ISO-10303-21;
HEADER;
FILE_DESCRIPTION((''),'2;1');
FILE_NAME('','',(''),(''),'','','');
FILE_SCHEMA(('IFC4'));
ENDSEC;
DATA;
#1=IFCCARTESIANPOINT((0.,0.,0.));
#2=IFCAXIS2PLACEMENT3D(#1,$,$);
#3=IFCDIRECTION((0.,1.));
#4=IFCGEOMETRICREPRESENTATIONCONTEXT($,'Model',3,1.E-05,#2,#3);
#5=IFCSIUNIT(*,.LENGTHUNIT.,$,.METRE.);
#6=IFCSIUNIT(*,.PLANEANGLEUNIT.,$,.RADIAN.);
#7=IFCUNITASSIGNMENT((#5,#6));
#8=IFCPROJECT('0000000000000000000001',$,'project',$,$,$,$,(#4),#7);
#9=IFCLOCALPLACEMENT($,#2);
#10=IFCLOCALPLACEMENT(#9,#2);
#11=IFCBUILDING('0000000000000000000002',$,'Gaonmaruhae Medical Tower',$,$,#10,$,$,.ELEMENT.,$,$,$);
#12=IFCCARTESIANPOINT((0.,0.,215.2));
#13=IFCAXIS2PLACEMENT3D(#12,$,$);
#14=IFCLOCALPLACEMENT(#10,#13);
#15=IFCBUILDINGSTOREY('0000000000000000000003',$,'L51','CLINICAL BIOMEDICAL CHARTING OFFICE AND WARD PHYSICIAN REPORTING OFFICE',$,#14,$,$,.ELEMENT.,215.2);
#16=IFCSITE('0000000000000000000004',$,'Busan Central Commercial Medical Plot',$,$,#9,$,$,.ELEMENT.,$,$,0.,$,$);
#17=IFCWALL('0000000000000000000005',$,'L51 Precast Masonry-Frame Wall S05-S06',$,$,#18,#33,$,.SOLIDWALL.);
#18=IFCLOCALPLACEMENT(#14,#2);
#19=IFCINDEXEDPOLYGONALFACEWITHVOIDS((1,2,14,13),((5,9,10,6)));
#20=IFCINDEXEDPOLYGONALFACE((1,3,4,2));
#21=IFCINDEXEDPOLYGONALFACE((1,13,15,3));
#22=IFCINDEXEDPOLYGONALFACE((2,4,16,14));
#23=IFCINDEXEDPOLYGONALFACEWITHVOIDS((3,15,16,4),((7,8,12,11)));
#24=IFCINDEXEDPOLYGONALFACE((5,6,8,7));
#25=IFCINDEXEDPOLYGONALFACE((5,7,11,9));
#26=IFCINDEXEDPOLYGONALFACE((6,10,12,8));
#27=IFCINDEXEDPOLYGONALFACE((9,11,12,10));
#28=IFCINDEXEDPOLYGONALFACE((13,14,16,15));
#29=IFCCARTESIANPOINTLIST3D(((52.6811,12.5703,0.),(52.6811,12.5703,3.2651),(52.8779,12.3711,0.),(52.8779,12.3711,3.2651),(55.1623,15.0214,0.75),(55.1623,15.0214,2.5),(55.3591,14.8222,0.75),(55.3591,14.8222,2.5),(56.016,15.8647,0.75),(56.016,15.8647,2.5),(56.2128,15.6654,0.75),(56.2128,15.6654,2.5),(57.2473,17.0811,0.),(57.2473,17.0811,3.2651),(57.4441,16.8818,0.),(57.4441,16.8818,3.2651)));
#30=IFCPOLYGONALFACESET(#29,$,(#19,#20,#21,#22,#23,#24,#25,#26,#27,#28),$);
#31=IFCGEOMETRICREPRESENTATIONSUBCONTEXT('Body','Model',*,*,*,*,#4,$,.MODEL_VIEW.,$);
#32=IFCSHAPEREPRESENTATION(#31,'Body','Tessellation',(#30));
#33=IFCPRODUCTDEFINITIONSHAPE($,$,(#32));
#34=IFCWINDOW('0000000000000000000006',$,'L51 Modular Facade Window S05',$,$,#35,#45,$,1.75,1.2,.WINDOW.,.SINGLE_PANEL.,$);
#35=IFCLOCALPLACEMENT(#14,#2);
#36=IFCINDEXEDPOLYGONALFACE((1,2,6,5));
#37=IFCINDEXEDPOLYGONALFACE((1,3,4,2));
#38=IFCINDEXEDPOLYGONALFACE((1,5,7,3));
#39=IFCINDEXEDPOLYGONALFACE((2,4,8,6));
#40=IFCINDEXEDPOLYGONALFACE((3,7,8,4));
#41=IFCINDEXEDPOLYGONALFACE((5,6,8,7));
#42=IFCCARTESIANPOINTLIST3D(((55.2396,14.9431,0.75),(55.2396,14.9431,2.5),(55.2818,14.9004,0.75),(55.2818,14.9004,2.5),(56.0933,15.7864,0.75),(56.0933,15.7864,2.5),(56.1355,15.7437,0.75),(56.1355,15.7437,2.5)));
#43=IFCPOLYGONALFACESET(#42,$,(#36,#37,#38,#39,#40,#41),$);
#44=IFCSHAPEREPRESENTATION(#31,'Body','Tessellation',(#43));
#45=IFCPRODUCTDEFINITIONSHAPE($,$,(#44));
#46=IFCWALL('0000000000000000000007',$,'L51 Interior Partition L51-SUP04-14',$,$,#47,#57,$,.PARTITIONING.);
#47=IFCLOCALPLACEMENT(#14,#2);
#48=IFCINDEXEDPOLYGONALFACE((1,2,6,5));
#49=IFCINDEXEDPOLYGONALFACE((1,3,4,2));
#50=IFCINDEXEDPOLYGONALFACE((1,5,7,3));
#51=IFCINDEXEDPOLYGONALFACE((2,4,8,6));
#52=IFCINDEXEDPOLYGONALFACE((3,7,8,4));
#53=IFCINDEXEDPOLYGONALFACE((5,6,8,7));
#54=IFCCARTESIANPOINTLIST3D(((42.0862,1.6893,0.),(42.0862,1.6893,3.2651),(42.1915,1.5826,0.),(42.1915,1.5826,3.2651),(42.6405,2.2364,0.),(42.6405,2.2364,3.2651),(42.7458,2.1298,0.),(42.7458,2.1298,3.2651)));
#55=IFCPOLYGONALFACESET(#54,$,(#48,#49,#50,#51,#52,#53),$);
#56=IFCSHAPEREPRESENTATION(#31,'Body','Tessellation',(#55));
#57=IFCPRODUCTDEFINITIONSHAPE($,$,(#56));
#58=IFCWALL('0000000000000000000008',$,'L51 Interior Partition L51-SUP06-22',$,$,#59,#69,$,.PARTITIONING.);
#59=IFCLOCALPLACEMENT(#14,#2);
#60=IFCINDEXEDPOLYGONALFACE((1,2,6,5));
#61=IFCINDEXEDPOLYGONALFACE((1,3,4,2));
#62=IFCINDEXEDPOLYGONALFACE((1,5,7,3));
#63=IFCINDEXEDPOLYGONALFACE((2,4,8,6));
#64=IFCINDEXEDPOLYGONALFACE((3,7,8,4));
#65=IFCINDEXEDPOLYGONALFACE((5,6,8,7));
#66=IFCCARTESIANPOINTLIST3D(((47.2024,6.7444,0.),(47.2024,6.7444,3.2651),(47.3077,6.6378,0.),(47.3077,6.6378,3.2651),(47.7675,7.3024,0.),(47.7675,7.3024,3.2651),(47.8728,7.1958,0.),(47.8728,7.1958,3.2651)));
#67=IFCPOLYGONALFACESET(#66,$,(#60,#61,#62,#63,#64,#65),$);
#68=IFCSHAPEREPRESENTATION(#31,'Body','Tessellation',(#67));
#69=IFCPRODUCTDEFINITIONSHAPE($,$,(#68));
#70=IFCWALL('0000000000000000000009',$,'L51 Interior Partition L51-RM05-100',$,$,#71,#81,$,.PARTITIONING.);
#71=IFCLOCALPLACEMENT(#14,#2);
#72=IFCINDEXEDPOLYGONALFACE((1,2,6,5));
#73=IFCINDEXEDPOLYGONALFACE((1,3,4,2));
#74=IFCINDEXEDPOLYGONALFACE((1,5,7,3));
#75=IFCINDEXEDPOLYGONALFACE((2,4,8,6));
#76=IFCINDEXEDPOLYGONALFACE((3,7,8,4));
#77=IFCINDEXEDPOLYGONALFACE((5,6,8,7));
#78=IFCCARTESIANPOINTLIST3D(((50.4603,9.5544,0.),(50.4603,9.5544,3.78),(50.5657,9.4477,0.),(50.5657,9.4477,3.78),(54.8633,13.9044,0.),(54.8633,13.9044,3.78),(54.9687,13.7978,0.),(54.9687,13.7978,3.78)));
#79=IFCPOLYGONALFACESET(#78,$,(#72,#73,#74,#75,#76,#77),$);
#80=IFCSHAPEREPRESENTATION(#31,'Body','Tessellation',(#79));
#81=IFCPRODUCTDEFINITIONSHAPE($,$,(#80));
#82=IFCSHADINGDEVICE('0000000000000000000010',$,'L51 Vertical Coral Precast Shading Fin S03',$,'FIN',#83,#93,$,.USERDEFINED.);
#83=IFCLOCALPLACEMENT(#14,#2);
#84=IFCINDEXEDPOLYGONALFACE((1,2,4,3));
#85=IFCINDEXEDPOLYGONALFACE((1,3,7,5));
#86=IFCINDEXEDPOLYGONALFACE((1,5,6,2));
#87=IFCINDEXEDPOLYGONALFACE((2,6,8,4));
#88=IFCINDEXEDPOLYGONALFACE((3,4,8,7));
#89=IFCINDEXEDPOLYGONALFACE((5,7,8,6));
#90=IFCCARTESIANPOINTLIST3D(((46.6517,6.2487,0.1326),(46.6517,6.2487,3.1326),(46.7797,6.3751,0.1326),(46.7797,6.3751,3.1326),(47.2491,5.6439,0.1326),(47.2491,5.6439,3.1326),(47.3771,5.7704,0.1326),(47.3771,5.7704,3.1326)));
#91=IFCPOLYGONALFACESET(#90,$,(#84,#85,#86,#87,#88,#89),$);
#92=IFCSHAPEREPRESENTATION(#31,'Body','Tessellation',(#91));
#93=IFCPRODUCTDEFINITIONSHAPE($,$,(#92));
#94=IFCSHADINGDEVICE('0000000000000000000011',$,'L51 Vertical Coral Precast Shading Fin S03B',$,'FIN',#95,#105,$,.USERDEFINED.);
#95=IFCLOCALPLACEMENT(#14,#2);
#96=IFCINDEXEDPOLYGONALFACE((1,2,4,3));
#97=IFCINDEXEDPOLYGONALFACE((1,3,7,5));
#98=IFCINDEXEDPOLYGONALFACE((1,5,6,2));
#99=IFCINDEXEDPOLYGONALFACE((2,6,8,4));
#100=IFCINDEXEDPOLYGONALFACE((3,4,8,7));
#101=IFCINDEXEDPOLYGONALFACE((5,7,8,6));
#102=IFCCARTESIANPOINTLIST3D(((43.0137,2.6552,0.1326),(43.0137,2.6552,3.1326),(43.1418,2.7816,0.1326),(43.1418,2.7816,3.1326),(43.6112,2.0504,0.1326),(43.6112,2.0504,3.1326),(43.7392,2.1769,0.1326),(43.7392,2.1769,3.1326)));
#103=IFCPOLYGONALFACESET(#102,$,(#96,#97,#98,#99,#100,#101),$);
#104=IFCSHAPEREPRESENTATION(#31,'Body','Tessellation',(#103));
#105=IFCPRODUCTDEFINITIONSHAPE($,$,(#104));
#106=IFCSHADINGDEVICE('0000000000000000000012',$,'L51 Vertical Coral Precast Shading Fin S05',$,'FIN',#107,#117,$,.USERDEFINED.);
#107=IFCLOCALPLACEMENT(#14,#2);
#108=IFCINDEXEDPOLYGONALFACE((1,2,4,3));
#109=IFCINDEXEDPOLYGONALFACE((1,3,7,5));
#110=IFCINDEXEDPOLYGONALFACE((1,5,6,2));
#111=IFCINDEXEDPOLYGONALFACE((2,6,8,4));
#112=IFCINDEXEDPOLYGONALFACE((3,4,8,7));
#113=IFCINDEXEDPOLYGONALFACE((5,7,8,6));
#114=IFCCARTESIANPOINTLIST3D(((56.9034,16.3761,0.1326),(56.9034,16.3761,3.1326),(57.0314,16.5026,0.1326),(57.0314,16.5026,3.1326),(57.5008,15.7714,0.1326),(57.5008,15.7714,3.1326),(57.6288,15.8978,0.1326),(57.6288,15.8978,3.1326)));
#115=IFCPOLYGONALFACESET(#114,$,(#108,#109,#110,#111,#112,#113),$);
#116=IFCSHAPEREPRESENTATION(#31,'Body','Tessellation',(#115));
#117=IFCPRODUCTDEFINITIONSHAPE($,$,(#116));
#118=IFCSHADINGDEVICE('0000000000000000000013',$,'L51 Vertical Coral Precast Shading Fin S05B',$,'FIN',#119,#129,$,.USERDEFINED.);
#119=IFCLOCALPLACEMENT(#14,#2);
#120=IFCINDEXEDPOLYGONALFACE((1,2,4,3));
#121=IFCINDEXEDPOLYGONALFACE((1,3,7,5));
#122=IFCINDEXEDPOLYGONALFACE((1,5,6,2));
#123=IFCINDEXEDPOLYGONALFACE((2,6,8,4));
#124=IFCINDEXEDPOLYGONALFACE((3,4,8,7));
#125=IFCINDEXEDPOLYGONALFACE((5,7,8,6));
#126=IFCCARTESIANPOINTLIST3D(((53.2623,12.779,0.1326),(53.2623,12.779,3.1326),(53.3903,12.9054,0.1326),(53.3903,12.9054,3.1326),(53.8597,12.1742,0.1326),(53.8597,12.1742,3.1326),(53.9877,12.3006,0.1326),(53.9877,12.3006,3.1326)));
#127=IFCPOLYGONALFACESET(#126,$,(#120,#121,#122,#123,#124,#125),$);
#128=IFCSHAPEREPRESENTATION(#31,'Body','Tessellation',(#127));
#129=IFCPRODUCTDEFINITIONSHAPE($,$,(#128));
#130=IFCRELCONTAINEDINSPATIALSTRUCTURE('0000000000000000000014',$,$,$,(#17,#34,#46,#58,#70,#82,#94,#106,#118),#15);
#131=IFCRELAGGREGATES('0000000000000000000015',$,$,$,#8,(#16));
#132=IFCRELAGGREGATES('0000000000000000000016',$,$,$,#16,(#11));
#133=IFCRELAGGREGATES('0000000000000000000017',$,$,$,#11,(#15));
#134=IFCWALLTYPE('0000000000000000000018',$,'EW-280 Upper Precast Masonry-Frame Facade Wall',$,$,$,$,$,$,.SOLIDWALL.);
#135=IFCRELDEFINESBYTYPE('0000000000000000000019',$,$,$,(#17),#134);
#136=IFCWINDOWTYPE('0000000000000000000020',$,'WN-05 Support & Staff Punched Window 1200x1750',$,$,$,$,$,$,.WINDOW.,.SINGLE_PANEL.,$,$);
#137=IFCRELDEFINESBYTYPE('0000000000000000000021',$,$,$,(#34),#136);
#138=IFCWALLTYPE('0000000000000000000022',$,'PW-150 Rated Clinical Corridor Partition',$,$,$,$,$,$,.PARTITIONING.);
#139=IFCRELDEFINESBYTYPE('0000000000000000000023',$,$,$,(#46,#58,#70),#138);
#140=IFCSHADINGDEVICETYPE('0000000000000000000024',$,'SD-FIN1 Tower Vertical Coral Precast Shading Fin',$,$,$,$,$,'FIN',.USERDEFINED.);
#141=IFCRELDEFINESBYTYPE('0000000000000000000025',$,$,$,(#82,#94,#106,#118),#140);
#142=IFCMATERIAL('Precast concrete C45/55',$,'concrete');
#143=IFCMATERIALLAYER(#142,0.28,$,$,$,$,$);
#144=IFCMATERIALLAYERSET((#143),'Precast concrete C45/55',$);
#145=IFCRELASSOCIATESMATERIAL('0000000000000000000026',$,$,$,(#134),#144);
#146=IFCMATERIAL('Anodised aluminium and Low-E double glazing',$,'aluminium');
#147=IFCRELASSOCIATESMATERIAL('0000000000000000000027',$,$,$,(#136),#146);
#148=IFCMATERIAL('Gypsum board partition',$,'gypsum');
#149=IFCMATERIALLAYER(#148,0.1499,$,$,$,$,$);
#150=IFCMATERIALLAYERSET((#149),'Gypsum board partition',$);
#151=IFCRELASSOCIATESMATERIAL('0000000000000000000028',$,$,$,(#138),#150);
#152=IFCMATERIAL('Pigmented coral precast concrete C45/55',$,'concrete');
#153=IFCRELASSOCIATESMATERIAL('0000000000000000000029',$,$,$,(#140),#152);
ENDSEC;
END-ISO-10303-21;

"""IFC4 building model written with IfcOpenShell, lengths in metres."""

from ifc_helpers import new_model, si_unit, direction, frame, frame_2d, origin, origin_2d, place, context, subcontext, project, spatial, rectangle, extrude, material, layer, layer_set, type_object, element, fill, save


model = new_model("IFC4")

# Units and contexts
model_context = context("Model", 3, precision=1e-05, world=origin(), true_north=direction((0.0, 1.0)))
body_context = subcontext(model_context, "Body", "Model", "MODEL_VIEW")
ifc_project = project(units=[si_unit("LENGTHUNIT", "METRE"), si_unit("PLANEANGLEUNIT", "RADIAN")], contexts=[model_context])

# Site, building, storey
site_placement = place(None, origin())
site = spatial("IfcSite", under=ifc_project, at=site_placement, Name="Busan Central Commercial Medical Plot", CompositionType="ELEMENT", RefElevation=0.0)
building_placement = place(site_placement, origin())
building = spatial("IfcBuilding", under=site, at=building_placement, Name="Gaonmaruhae Medical Tower", CompositionType="ELEMENT")
storey_placement = place(building_placement, frame((0.0, 0.0, 215.2)))
storey = spatial("IfcBuildingStorey", under=building, at=storey_placement, Name="L51", Description="CLINICAL BIOMEDICAL CHARTING OFFICE AND WARD PHYSICIAN REPORTING OFFICE", CompositionType="ELEMENT", Elevation=215.2)

# Wall, opening, window
ifc_material_1 = material(Name="Precast concrete C45/55", Category="concrete")
ifc_layer_1 = layer(ifc_material_1, 0.28)
ifc_layer_set_1 = layer_set([ifc_layer_1], Name="Precast concrete C45/55")
wall_type_1 = type_object("IfcWallType", Name="EW-280 Upper Precast Masonry-Frame Facade Wall", PredefinedType="SOLIDWALL", material=ifc_layer_set_1)
ifc_material_2 = material(Name="Anodised aluminium and Low-E double glazing", Category="aluminium")
window_type_1 = type_object("IfcWindowType", Name="WN-05 Support & Staff Punched Window 1200x1750", PartitioningType="SINGLE_PANEL", PredefinedType="WINDOW", material=ifc_material_2)
wall_1_placement = place(storey_placement, frame((57.3457, 16.9814, 0.0), z_axis=(0.0, 0.0, 1.0), x_axis=(-0.711411, -0.702776, 0.0)))
wall_1 = element("IfcWall", 1, at=wall_1_placement, inside=storey, type_object=wall_type_1, Name="L51 Precast Masonry-Frame Wall S05-S06", PredefinedType="SOLIDWALL", context=body_context, shape_type="SweptSolid", body=[
    extrude(rectangle(XDim=6.4185, YDim=0.28, at=frame_2d((3.2092, 0.0))), origin(), (0.0, 0.0, 1.0), 3.2651),
])
opening_1_placement = place(wall_1_placement, frame((1.7307, 0.0, 0.75)))
opening_1 = element("IfcOpeningElement", 2, at=opening_1_placement, cuts=wall_1, PredefinedType="OPENING", context=body_context, shape_type="SweptSolid", body=[
    extrude(rectangle(XDim=1.2, YDim=1.75, at=frame_2d((0.6001, 0.875))), frame((0.0, 0.1499, 0.0), z_axis=(0.0, -1.0, 0.0), x_axis=(1.0, 0.0, 0.0)), (0.0, 0.0, 1.0), 0.3),
])
window_1_placement = place(opening_1_placement, origin())
window_1 = element("IfcWindow", 3, at=window_1_placement, inside=storey, type_object=window_type_1, Name="L51 Modular Facade Window S05", OverallHeight=1.75, OverallWidth=1.2, PartitioningType="SINGLE_PANEL", PredefinedType="WINDOW", context=body_context, shape_type="SweptSolid", body=[
    extrude(rectangle(XDim=1.2, YDim=1.75, at=frame_2d((0.6001, 0.875))), frame((0.0, 0.03, 0.0), z_axis=(0.0, -1.0, 0.0), x_axis=(1.0, 0.0, 0.0)), (0.0, 0.0, 1.0), 0.0601),
])
fill(opening_1, window_1)

# Walls
ifc_material_3 = material(Name="Gypsum board partition", Category="gypsum")
ifc_layer_2 = layer(ifc_material_3, 0.1499)
ifc_layer_set_2 = layer_set([ifc_layer_2], Name="Gypsum board partition")
wall_type_2 = type_object("IfcWallType", Name="PW-150 Rated Clinical Corridor Partition", PredefinedType="PARTITIONING", material=ifc_layer_set_2)
wall_2_placement = place(storey_placement, frame((42.6931, 2.1831, 0.0), z_axis=(0.0, 0.0, 1.0), x_axis=(-0.711638, -0.702546, 0.0)))
element("IfcWall", 4, at=wall_2_placement, inside=storey, type_object=wall_type_2, Name="L51 Interior Partition L51-SUP04-14", PredefinedType="PARTITIONING", context=body_context, shape_type="SweptSolid", body=[
    extrude(rectangle(XDim=0.7788, YDim=0.1499, at=frame_2d((0.3894, 0.0))), origin(), (0.0, 0.0, 1.0), 3.2651),
])
wall_3_placement = place(storey_placement, frame((47.8201, 7.249, 0.0), z_axis=(0.0, 0.0, 1.0), x_axis=(-0.71155, -0.702636, 0.0)))
element("IfcWall", 5, at=wall_3_placement, inside=storey, type_object=wall_type_2, Name="L51 Interior Partition L51-SUP06-22", PredefinedType="PARTITIONING", context=body_context, shape_type="SweptSolid", body=[
    extrude(rectangle(XDim=0.7942, YDim=0.1499, at=frame_2d((0.397, 0.0))), origin(), (0.0, 0.0, 1.0), 3.2651),
])
wall_4_placement = place(storey_placement, frame((54.916, 13.8511, 0.0), z_axis=(0.0, 0.0, 1.0), x_axis=(-0.711374, -0.702814, 0.0)))
element("IfcWall", 6, at=wall_4_placement, inside=storey, type_object=wall_type_2, Name="L51 Interior Partition L51-RM05-100", PredefinedType="PARTITIONING", context=body_context, shape_type="SweptSolid", body=[
    extrude(rectangle(XDim=6.1895, YDim=0.1499, at=frame_2d((3.0947, 0.0))), origin(), (0.0, 0.0, 1.0), 3.78),
])

# Shading devices
ifc_material_4 = material(Name="Pigmented coral precast concrete C45/55", Category="concrete")
shading_device_type = type_object("IfcShadingDeviceType", Name="SD-FIN1 Tower Vertical Coral Precast Shading Fin", ElementType="FIN", PredefinedType="USERDEFINED", material=ifc_material_4)
for number, where, z_axis, x_axis, name in (
    (7, (47.0144, 6.0095, 0.1326), (0.0, 0.0, 1.0), (-0.711413, -0.702774, 0.0), "L51 Vertical Coral Precast Shading Fin S03"),
    (8, (43.3765, 2.416, 0.1326), (0.0, 0.0, 1.0), (-0.711413, -0.702774, 0.0), "L51 Vertical Coral Precast Shading Fin S03B"),
    (9, (57.2661, 16.137, 0.1326), (0.0, 0.0, 1.0), (-0.711413, -0.702774, 0.0), "L51 Vertical Coral Precast Shading Fin S05"),
    (10, (53.625, 12.5398, 0.1326), (0.0, 0.0, 1.0), (-0.711413, -0.702774, 0.0), "L51 Vertical Coral Precast Shading Fin S05B"),
):
    element("IfcShadingDevice", number, at=place(storey_placement, frame(where, z_axis=z_axis, x_axis=x_axis)), inside=storey, type_object=shading_device_type, Name=name, ObjectType="FIN", PredefinedType="USERDEFINED", context=body_context, shape_type="SweptSolid", body=[
        extrude(rectangle(XDim=0.1799, YDim=0.8501, at=origin_2d()), origin(), (0.0, 0.0, 1.0), 3.0),
    ])

save(model, "model.ifc")
